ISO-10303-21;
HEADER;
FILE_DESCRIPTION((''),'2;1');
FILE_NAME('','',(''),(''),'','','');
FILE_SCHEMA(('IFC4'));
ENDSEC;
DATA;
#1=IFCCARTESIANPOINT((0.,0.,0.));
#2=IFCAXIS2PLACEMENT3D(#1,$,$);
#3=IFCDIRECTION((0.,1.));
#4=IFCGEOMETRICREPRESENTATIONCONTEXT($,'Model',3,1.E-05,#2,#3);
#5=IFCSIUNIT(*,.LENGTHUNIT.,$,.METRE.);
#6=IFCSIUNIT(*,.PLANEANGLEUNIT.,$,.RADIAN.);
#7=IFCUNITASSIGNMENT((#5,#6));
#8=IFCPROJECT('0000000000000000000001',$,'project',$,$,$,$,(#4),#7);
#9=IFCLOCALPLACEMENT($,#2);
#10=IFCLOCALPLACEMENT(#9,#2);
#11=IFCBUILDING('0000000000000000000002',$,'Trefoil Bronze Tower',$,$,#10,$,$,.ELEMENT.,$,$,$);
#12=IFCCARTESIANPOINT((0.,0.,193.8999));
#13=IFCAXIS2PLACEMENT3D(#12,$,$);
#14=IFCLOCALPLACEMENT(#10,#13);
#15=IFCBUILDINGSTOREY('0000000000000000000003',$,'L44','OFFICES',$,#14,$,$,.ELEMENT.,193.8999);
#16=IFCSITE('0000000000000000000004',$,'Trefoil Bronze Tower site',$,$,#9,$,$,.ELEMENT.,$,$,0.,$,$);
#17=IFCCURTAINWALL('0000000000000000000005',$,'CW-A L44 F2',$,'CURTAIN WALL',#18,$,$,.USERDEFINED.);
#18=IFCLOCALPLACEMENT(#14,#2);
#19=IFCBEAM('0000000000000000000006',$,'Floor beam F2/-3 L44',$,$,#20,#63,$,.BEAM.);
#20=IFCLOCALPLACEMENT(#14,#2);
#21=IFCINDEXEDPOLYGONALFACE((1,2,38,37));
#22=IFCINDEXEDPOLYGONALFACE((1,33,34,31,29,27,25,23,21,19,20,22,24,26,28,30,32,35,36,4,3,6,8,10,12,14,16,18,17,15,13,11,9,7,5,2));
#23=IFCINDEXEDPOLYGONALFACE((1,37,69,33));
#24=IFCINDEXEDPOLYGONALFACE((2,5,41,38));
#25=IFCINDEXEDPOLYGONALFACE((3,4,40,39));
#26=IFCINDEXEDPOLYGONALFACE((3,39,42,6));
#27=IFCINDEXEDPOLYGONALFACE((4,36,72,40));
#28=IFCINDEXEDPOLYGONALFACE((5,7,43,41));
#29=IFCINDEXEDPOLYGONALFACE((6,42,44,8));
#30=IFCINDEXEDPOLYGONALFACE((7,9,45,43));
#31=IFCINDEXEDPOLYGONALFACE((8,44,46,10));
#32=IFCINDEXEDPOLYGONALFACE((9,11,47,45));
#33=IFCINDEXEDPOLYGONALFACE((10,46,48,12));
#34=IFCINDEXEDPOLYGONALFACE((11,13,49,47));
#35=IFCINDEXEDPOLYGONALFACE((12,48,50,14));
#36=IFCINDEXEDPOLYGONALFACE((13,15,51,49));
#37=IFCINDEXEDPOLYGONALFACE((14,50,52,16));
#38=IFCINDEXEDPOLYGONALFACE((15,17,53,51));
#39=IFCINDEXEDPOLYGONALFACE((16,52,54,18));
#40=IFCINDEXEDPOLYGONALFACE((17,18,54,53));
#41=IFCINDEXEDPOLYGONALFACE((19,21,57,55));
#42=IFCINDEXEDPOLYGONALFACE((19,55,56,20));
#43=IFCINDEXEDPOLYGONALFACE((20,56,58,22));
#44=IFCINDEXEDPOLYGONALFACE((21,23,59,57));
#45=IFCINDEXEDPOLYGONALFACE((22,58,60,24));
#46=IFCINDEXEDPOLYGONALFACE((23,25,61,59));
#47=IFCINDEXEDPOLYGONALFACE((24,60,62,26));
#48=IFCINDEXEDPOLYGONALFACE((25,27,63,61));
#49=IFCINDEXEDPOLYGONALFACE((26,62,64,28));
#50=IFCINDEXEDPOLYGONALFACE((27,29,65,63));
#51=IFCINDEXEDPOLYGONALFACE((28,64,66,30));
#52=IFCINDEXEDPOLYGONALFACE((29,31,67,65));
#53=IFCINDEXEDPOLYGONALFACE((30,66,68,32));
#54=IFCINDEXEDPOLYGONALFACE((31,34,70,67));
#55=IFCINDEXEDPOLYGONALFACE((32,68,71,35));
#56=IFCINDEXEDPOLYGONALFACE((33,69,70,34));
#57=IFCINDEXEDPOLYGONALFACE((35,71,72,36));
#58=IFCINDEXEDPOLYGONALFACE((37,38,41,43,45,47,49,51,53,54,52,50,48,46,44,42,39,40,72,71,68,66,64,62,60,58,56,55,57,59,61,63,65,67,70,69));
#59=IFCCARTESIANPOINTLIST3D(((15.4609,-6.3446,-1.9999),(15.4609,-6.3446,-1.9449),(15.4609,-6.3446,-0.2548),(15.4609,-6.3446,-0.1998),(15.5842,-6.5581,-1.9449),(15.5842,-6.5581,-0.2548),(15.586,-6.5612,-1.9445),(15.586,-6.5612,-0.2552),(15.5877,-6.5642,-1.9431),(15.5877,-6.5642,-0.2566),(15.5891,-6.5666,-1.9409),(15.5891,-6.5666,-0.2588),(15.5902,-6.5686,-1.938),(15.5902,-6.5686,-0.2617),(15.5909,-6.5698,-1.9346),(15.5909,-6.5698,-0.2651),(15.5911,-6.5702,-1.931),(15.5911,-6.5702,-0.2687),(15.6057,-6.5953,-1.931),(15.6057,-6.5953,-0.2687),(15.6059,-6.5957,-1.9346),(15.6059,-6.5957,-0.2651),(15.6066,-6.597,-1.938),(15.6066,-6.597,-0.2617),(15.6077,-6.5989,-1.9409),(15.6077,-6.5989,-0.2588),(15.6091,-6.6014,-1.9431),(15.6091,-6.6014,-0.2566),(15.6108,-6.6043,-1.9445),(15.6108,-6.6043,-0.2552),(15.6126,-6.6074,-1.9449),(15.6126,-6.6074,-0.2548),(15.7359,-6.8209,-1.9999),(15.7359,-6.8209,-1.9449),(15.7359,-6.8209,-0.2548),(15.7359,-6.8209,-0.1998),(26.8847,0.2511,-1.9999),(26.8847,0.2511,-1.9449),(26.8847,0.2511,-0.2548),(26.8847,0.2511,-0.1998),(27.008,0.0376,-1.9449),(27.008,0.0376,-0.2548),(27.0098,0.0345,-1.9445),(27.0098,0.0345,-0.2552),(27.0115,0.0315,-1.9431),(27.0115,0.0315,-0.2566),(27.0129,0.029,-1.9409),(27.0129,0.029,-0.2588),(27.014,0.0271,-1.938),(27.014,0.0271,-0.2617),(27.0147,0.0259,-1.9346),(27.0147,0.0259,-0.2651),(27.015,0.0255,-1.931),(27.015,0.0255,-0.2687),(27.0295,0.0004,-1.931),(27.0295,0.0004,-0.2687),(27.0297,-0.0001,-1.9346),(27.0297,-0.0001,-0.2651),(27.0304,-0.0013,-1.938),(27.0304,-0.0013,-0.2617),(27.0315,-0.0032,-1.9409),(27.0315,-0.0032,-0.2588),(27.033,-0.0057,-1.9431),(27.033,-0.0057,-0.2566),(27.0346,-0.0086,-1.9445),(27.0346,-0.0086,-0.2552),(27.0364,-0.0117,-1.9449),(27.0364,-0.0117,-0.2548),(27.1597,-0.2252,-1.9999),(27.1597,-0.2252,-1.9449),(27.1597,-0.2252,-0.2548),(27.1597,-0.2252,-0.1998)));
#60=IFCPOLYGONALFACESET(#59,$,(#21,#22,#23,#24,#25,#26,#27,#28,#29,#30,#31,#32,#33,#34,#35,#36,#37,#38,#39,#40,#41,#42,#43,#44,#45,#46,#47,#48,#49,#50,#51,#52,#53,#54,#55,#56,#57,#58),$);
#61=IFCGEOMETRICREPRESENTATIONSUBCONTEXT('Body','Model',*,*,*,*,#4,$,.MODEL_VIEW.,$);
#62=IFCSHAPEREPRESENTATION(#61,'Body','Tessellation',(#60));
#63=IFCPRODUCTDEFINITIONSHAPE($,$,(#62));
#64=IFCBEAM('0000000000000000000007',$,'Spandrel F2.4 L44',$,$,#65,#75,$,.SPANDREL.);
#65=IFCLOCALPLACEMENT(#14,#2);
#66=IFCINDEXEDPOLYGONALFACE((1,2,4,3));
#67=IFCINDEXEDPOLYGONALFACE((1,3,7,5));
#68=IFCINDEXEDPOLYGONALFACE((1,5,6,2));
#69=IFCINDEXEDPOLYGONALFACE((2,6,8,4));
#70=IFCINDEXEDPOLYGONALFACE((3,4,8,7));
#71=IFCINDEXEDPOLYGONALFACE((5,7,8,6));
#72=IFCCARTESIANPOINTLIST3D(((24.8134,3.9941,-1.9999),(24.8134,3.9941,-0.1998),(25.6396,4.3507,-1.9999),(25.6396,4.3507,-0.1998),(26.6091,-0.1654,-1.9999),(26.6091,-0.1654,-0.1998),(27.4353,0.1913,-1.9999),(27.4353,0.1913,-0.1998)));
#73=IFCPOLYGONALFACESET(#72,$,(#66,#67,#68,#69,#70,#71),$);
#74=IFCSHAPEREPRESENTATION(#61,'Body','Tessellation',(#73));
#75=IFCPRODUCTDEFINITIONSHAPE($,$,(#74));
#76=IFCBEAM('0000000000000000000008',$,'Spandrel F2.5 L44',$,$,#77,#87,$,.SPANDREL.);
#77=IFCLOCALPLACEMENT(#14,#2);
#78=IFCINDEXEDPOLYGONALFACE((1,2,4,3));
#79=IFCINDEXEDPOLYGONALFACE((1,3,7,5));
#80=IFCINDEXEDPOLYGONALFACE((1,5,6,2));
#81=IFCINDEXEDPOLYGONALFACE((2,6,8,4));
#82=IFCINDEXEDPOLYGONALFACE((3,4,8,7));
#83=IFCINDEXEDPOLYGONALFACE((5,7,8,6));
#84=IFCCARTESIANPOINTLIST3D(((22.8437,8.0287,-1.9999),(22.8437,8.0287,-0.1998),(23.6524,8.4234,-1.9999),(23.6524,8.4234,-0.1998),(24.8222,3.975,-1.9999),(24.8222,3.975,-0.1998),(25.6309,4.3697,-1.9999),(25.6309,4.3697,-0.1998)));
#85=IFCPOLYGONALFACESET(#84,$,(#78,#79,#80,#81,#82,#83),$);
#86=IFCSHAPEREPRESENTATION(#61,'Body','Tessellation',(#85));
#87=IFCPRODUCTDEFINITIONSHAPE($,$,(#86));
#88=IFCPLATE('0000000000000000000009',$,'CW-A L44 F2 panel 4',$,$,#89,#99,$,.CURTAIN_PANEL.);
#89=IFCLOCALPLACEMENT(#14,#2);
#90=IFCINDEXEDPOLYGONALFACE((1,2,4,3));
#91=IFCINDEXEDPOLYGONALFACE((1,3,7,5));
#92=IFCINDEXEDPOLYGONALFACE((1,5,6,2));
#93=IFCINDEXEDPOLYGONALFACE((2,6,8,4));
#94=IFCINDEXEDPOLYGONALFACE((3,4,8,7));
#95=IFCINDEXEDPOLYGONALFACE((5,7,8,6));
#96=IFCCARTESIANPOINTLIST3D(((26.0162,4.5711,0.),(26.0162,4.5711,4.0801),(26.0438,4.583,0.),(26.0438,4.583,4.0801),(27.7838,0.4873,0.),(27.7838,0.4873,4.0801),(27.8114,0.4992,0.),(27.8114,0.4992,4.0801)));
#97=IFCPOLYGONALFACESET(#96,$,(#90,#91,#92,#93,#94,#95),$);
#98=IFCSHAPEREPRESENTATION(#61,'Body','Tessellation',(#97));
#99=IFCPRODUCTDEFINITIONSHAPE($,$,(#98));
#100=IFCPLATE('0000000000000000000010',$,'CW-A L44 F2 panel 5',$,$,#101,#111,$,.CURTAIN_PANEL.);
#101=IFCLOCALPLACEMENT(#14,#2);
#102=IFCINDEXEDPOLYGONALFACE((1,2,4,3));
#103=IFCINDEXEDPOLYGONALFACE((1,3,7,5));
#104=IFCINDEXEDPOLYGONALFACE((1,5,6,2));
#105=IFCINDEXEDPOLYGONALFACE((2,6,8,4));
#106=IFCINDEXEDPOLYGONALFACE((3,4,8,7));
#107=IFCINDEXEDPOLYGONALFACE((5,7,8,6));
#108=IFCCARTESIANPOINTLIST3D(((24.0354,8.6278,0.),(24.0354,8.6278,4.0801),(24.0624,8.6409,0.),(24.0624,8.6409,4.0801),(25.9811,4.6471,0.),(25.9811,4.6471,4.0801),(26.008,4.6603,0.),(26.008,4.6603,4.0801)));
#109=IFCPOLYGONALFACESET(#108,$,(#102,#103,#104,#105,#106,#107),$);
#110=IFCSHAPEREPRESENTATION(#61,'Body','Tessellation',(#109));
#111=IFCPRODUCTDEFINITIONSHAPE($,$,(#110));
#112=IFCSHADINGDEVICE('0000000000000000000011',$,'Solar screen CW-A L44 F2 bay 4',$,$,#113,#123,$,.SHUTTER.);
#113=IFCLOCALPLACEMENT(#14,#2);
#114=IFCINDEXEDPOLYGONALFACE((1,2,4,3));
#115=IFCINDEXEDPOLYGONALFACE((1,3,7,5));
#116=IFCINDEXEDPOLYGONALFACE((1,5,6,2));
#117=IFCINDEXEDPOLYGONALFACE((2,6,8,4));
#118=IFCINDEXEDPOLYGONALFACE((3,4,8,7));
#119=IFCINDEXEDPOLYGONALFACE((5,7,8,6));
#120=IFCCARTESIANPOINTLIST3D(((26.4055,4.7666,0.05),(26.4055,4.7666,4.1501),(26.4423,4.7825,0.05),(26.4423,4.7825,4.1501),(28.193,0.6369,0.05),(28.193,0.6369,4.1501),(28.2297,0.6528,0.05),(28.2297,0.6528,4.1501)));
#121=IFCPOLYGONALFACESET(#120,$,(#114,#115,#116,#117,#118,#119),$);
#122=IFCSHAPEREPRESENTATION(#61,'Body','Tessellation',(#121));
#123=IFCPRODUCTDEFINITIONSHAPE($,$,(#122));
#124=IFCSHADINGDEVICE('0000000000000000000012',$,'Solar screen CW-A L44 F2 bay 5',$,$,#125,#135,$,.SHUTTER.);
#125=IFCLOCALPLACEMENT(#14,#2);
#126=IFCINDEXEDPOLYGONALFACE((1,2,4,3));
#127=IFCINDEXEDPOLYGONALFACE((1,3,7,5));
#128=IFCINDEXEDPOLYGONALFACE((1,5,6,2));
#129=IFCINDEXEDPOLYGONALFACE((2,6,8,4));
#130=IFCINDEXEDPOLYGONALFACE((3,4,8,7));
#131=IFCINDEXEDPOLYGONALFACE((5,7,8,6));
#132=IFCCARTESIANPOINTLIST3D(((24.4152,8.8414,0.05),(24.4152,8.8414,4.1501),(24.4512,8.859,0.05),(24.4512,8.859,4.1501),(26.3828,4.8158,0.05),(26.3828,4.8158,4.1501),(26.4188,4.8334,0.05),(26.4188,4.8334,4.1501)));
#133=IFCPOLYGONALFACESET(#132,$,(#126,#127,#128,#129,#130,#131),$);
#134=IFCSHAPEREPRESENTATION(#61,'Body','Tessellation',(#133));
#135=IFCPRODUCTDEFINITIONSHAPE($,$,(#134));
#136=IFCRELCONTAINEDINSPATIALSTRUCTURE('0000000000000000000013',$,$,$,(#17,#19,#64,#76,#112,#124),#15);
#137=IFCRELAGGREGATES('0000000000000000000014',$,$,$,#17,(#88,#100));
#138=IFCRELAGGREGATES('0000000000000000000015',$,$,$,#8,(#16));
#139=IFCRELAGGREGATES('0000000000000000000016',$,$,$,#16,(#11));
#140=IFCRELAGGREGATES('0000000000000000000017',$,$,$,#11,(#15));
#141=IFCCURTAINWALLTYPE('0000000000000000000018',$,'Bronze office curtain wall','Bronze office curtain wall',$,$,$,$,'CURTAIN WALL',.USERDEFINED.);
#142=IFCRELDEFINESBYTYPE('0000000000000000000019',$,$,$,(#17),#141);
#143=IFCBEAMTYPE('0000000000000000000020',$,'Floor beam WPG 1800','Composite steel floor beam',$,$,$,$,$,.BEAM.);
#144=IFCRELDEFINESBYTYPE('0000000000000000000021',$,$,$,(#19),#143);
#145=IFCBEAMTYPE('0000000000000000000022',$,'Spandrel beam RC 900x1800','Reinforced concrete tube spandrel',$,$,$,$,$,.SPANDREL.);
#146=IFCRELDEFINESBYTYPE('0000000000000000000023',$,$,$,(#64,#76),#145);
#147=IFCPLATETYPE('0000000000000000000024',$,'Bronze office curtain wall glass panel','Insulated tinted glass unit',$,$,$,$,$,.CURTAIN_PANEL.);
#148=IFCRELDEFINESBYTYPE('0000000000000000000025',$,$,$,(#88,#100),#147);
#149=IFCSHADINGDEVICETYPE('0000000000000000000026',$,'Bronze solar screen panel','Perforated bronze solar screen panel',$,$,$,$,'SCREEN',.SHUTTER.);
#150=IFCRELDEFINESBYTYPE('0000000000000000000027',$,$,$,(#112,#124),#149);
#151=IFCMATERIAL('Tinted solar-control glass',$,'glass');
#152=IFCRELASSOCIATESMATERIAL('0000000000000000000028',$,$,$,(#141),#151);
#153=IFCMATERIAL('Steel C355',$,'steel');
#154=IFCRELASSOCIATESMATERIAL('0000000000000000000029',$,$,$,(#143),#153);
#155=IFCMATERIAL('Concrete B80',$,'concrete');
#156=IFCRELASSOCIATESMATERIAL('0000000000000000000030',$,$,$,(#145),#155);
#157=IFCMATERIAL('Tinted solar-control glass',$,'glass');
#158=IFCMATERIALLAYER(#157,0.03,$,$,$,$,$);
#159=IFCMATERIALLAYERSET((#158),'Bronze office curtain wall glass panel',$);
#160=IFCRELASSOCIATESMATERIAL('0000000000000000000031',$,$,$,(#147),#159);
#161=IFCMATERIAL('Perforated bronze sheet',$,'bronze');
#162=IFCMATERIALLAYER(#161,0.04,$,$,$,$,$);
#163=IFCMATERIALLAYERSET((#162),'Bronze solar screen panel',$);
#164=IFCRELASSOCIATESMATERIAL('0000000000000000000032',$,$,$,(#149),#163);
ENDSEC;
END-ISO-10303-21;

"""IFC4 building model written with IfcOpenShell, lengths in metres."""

from ifc_helpers import new_model, si_unit, direction, frame, origin, origin_2d, place, context, subcontext, project, spatial, rectangle, i_section, extrude, material, layer, layer_set, material_profile, profile_set, type_object, element, aggregate, save


model = new_model("IFC4")

# Units and contexts
model_context = context("Model", 3, precision=1e-05, world=origin(), true_north=direction((0.0, 1.0)))
body_context = subcontext(model_context, "Body", "Model", "MODEL_VIEW")
ifc_project = project(units=[si_unit("LENGTHUNIT", "METRE"), si_unit("PLANEANGLEUNIT", "RADIAN")], contexts=[model_context])

# Site, building, storey
site_placement = place(None, origin())
site = spatial("IfcSite", under=ifc_project, at=site_placement, Name="Trefoil Bronze Tower site", CompositionType="ELEMENT", RefElevation=0.0)
building_placement = place(site_placement, origin())
building = spatial("IfcBuilding", under=site, at=building_placement, Name="Trefoil Bronze Tower", CompositionType="ELEMENT")
storey_placement = place(building_placement, frame((0.0, 0.0, 193.8999)))
storey = spatial("IfcBuildingStorey", under=building, at=storey_placement, Name="L44", Description="OFFICES", CompositionType="ELEMENT", Elevation=193.8999)

# Curtain wall
ifc_material_1 = material(Name="Tinted solar-control glass", Category="glass")
curtain_wall_type = type_object("IfcCurtainWallType", Name="Bronze office curtain wall", Description="Bronze office curtain wall", ElementType="CURTAIN WALL", PredefinedType="USERDEFINED", material=ifc_material_1)
curtain_wall_placement = place(storey_placement, origin())
curtain_wall = element("IfcCurtainWall", 1, at=curtain_wall_placement, inside=storey, type_object=curtain_wall_type, Name="CW-A L44 F2", ObjectType="CURTAIN WALL", PredefinedType="USERDEFINED")

# Beams
ifc_material_2 = material(Name="Steel C355", Category="steel")
ifc_material_profile_1 = material_profile(ifc_material_2, i_section(OverallWidth=0.55, OverallDepth=1.8, WebThickness=0.0291, FlangeThickness=0.0549, FilletRadius=0.0139, at=origin_2d()), Name="WPG 1800")
ifc_profile_set_1 = profile_set([ifc_material_profile_1], Name="Steel C355")
beam_type_1 = type_object("IfcBeamType", Name="Floor beam WPG 1800", Description="Composite steel floor beam", PredefinedType="BEAM", material=ifc_profile_set_1)
beam_1_placement = place(storey_placement, frame((27.0222, 0.0129, -1.0999), z_axis=(-0.86602, -0.500009, 0.0), x_axis=(0.500009, -0.86602, 0.0)))
element("IfcBeam", 2, at=beam_1_placement, inside=storey, type_object=beam_type_1, Name="Floor beam F2/-3 L44", PredefinedType="BEAM", context=body_context, shape_type="SweptSolid", body=[
    extrude(i_section(OverallWidth=0.55, OverallDepth=1.8, WebThickness=0.0291, FlangeThickness=0.0549, FilletRadius=0.0139, at=origin_2d()), origin(), (0.0, 0.0, 1.0), 13.1912),
])
ifc_material_3 = material(Name="Concrete B80", Category="concrete")
ifc_material_profile_2 = material_profile(ifc_material_3, rectangle(XDim=0.8999, YDim=1.8, at=origin_2d()), Name="RC 900x1800")
ifc_profile_set_2 = profile_set([ifc_material_profile_2], Name="Concrete B80")
beam_type_2 = type_object("IfcBeamType", Name="Spandrel beam RC 900x1800", Description="Reinforced concrete tube spandrel", PredefinedType="SPANDREL", material=ifc_profile_set_2)
beam_2_placement = place(storey_placement, frame((27.0222, 0.0129, -1.0999), z_axis=(-0.39635, 0.918099, 0.0), x_axis=(-0.918099, -0.39635, 0.0)))
element("IfcBeam", 3, at=beam_2_placement, inside=storey, type_object=beam_type_2, Name="Spandrel F2.4 L44", PredefinedType="SPANDREL", context=body_context, shape_type="SweptSolid", body=[
    extrude(rectangle(XDim=0.8999, YDim=1.8, at=origin_2d()), origin(), (0.0, 0.0, 1.0), 4.5305),
])
beam_3_placement = place(storey_placement, frame((25.2266, 4.1724, -1.0999), z_axis=(-0.43862, 0.898673, 0.0), x_axis=(-0.898673, -0.43862, 0.0)))
element("IfcBeam", 4, at=beam_3_placement, inside=storey, type_object=beam_type_2, Name="Spandrel F2.5 L44", PredefinedType="SPANDREL", context=body_context, shape_type="SweptSolid", body=[
    extrude(rectangle(XDim=0.8999, YDim=1.8, at=origin_2d()), origin(), (0.0, 0.0, 1.0), 4.5107),
])

# Plates
ifc_material_4 = material(Name="Tinted solar-control glass", Category="glass")
ifc_layer_1 = layer(ifc_material_4, 0.03)
ifc_layer_set_1 = layer_set([ifc_layer_1], Name="Bronze office curtain wall glass panel")
plate_type = type_object("IfcPlateType", Name="Bronze office curtain wall glass panel", Description="Insulated tinted glass unit", PredefinedType="CURTAIN_PANEL", material=ifc_layer_set_1)
plate_1_placement = place(storey_placement, frame((26.9138, 2.5352, 0.0), z_axis=(0.0, 0.0, 1.0), x_axis=(-0.39722, 0.917723, 0.0)))
plate_1 = element("IfcPlate", 5, at=plate_1_placement, type_object=plate_type, Name="CW-A L44 F2 panel 4", PredefinedType="CURTAIN_PANEL", context=body_context, shape_type="SweptSolid", body=[
    extrude(rectangle(XDim=4.45, YDim=0.03, at=origin_2d()), origin(), (0.0, 0.0, 1.0), 4.0801),
])
plate_2_placement = place(storey_placement, frame((25.0217, 6.644, 0.0), z_axis=(0.0, 0.0, 1.0), x_axis=(-0.439129, 0.898424, 0.0)))
plate_2 = element("IfcPlate", 6, at=plate_2_placement, type_object=plate_type, Name="CW-A L44 F2 panel 5", PredefinedType="CURTAIN_PANEL", context=body_context, shape_type="SweptSolid", body=[
    extrude(rectangle(XDim=4.4307, YDim=0.03, at=origin_2d()), origin(), (0.0, 0.0, 1.0), 4.0801),
])
aggregate(curtain_wall, [plate_1, plate_2])

# Shading devices
ifc_material_5 = material(Name="Perforated bronze sheet", Category="bronze")
ifc_layer_2 = layer(ifc_material_5, 0.04)
ifc_layer_set_2 = layer_set([ifc_layer_2], Name="Bronze solar screen panel")
shading_device_type = type_object("IfcShadingDeviceType", Name="Bronze solar screen panel", Description="Perforated bronze solar screen panel", ElementType="SCREEN", PredefinedType="SHUTTER", material=ifc_layer_set_2)
shading_device_1_placement = place(storey_placement, frame((27.3176, 2.7097, 0.05), z_axis=(0.0, 0.0, 1.0), x_axis=(-0.39722, 0.917723, 0.0)))
element("IfcShadingDevice", 7, at=shading_device_1_placement, inside=storey, type_object=shading_device_type, Name="Solar screen CW-A L44 F2 bay 4", PredefinedType="SHUTTER", context=body_context, shape_type="SweptSolid", body=[
    extrude(rectangle(XDim=4.5, YDim=0.04, at=origin_2d()), origin(), (0.0, 0.0, 1.0), 4.1001),
])
shading_device_2_placement = place(storey_placement, frame((25.417, 6.8374, 0.05), z_axis=(0.0, 0.0, 1.0), x_axis=(-0.439129, 0.898424, 0.0)))
element("IfcShadingDevice", 8, at=shading_device_2_placement, inside=storey, type_object=shading_device_type, Name="Solar screen CW-A L44 F2 bay 5", PredefinedType="SHUTTER", context=body_context, shape_type="SweptSolid", body=[
    extrude(rectangle(XDim=4.4807, YDim=0.04, at=origin_2d()), origin(), (0.0, 0.0, 1.0), 4.1001),
])

save(model, "model.ifc")
